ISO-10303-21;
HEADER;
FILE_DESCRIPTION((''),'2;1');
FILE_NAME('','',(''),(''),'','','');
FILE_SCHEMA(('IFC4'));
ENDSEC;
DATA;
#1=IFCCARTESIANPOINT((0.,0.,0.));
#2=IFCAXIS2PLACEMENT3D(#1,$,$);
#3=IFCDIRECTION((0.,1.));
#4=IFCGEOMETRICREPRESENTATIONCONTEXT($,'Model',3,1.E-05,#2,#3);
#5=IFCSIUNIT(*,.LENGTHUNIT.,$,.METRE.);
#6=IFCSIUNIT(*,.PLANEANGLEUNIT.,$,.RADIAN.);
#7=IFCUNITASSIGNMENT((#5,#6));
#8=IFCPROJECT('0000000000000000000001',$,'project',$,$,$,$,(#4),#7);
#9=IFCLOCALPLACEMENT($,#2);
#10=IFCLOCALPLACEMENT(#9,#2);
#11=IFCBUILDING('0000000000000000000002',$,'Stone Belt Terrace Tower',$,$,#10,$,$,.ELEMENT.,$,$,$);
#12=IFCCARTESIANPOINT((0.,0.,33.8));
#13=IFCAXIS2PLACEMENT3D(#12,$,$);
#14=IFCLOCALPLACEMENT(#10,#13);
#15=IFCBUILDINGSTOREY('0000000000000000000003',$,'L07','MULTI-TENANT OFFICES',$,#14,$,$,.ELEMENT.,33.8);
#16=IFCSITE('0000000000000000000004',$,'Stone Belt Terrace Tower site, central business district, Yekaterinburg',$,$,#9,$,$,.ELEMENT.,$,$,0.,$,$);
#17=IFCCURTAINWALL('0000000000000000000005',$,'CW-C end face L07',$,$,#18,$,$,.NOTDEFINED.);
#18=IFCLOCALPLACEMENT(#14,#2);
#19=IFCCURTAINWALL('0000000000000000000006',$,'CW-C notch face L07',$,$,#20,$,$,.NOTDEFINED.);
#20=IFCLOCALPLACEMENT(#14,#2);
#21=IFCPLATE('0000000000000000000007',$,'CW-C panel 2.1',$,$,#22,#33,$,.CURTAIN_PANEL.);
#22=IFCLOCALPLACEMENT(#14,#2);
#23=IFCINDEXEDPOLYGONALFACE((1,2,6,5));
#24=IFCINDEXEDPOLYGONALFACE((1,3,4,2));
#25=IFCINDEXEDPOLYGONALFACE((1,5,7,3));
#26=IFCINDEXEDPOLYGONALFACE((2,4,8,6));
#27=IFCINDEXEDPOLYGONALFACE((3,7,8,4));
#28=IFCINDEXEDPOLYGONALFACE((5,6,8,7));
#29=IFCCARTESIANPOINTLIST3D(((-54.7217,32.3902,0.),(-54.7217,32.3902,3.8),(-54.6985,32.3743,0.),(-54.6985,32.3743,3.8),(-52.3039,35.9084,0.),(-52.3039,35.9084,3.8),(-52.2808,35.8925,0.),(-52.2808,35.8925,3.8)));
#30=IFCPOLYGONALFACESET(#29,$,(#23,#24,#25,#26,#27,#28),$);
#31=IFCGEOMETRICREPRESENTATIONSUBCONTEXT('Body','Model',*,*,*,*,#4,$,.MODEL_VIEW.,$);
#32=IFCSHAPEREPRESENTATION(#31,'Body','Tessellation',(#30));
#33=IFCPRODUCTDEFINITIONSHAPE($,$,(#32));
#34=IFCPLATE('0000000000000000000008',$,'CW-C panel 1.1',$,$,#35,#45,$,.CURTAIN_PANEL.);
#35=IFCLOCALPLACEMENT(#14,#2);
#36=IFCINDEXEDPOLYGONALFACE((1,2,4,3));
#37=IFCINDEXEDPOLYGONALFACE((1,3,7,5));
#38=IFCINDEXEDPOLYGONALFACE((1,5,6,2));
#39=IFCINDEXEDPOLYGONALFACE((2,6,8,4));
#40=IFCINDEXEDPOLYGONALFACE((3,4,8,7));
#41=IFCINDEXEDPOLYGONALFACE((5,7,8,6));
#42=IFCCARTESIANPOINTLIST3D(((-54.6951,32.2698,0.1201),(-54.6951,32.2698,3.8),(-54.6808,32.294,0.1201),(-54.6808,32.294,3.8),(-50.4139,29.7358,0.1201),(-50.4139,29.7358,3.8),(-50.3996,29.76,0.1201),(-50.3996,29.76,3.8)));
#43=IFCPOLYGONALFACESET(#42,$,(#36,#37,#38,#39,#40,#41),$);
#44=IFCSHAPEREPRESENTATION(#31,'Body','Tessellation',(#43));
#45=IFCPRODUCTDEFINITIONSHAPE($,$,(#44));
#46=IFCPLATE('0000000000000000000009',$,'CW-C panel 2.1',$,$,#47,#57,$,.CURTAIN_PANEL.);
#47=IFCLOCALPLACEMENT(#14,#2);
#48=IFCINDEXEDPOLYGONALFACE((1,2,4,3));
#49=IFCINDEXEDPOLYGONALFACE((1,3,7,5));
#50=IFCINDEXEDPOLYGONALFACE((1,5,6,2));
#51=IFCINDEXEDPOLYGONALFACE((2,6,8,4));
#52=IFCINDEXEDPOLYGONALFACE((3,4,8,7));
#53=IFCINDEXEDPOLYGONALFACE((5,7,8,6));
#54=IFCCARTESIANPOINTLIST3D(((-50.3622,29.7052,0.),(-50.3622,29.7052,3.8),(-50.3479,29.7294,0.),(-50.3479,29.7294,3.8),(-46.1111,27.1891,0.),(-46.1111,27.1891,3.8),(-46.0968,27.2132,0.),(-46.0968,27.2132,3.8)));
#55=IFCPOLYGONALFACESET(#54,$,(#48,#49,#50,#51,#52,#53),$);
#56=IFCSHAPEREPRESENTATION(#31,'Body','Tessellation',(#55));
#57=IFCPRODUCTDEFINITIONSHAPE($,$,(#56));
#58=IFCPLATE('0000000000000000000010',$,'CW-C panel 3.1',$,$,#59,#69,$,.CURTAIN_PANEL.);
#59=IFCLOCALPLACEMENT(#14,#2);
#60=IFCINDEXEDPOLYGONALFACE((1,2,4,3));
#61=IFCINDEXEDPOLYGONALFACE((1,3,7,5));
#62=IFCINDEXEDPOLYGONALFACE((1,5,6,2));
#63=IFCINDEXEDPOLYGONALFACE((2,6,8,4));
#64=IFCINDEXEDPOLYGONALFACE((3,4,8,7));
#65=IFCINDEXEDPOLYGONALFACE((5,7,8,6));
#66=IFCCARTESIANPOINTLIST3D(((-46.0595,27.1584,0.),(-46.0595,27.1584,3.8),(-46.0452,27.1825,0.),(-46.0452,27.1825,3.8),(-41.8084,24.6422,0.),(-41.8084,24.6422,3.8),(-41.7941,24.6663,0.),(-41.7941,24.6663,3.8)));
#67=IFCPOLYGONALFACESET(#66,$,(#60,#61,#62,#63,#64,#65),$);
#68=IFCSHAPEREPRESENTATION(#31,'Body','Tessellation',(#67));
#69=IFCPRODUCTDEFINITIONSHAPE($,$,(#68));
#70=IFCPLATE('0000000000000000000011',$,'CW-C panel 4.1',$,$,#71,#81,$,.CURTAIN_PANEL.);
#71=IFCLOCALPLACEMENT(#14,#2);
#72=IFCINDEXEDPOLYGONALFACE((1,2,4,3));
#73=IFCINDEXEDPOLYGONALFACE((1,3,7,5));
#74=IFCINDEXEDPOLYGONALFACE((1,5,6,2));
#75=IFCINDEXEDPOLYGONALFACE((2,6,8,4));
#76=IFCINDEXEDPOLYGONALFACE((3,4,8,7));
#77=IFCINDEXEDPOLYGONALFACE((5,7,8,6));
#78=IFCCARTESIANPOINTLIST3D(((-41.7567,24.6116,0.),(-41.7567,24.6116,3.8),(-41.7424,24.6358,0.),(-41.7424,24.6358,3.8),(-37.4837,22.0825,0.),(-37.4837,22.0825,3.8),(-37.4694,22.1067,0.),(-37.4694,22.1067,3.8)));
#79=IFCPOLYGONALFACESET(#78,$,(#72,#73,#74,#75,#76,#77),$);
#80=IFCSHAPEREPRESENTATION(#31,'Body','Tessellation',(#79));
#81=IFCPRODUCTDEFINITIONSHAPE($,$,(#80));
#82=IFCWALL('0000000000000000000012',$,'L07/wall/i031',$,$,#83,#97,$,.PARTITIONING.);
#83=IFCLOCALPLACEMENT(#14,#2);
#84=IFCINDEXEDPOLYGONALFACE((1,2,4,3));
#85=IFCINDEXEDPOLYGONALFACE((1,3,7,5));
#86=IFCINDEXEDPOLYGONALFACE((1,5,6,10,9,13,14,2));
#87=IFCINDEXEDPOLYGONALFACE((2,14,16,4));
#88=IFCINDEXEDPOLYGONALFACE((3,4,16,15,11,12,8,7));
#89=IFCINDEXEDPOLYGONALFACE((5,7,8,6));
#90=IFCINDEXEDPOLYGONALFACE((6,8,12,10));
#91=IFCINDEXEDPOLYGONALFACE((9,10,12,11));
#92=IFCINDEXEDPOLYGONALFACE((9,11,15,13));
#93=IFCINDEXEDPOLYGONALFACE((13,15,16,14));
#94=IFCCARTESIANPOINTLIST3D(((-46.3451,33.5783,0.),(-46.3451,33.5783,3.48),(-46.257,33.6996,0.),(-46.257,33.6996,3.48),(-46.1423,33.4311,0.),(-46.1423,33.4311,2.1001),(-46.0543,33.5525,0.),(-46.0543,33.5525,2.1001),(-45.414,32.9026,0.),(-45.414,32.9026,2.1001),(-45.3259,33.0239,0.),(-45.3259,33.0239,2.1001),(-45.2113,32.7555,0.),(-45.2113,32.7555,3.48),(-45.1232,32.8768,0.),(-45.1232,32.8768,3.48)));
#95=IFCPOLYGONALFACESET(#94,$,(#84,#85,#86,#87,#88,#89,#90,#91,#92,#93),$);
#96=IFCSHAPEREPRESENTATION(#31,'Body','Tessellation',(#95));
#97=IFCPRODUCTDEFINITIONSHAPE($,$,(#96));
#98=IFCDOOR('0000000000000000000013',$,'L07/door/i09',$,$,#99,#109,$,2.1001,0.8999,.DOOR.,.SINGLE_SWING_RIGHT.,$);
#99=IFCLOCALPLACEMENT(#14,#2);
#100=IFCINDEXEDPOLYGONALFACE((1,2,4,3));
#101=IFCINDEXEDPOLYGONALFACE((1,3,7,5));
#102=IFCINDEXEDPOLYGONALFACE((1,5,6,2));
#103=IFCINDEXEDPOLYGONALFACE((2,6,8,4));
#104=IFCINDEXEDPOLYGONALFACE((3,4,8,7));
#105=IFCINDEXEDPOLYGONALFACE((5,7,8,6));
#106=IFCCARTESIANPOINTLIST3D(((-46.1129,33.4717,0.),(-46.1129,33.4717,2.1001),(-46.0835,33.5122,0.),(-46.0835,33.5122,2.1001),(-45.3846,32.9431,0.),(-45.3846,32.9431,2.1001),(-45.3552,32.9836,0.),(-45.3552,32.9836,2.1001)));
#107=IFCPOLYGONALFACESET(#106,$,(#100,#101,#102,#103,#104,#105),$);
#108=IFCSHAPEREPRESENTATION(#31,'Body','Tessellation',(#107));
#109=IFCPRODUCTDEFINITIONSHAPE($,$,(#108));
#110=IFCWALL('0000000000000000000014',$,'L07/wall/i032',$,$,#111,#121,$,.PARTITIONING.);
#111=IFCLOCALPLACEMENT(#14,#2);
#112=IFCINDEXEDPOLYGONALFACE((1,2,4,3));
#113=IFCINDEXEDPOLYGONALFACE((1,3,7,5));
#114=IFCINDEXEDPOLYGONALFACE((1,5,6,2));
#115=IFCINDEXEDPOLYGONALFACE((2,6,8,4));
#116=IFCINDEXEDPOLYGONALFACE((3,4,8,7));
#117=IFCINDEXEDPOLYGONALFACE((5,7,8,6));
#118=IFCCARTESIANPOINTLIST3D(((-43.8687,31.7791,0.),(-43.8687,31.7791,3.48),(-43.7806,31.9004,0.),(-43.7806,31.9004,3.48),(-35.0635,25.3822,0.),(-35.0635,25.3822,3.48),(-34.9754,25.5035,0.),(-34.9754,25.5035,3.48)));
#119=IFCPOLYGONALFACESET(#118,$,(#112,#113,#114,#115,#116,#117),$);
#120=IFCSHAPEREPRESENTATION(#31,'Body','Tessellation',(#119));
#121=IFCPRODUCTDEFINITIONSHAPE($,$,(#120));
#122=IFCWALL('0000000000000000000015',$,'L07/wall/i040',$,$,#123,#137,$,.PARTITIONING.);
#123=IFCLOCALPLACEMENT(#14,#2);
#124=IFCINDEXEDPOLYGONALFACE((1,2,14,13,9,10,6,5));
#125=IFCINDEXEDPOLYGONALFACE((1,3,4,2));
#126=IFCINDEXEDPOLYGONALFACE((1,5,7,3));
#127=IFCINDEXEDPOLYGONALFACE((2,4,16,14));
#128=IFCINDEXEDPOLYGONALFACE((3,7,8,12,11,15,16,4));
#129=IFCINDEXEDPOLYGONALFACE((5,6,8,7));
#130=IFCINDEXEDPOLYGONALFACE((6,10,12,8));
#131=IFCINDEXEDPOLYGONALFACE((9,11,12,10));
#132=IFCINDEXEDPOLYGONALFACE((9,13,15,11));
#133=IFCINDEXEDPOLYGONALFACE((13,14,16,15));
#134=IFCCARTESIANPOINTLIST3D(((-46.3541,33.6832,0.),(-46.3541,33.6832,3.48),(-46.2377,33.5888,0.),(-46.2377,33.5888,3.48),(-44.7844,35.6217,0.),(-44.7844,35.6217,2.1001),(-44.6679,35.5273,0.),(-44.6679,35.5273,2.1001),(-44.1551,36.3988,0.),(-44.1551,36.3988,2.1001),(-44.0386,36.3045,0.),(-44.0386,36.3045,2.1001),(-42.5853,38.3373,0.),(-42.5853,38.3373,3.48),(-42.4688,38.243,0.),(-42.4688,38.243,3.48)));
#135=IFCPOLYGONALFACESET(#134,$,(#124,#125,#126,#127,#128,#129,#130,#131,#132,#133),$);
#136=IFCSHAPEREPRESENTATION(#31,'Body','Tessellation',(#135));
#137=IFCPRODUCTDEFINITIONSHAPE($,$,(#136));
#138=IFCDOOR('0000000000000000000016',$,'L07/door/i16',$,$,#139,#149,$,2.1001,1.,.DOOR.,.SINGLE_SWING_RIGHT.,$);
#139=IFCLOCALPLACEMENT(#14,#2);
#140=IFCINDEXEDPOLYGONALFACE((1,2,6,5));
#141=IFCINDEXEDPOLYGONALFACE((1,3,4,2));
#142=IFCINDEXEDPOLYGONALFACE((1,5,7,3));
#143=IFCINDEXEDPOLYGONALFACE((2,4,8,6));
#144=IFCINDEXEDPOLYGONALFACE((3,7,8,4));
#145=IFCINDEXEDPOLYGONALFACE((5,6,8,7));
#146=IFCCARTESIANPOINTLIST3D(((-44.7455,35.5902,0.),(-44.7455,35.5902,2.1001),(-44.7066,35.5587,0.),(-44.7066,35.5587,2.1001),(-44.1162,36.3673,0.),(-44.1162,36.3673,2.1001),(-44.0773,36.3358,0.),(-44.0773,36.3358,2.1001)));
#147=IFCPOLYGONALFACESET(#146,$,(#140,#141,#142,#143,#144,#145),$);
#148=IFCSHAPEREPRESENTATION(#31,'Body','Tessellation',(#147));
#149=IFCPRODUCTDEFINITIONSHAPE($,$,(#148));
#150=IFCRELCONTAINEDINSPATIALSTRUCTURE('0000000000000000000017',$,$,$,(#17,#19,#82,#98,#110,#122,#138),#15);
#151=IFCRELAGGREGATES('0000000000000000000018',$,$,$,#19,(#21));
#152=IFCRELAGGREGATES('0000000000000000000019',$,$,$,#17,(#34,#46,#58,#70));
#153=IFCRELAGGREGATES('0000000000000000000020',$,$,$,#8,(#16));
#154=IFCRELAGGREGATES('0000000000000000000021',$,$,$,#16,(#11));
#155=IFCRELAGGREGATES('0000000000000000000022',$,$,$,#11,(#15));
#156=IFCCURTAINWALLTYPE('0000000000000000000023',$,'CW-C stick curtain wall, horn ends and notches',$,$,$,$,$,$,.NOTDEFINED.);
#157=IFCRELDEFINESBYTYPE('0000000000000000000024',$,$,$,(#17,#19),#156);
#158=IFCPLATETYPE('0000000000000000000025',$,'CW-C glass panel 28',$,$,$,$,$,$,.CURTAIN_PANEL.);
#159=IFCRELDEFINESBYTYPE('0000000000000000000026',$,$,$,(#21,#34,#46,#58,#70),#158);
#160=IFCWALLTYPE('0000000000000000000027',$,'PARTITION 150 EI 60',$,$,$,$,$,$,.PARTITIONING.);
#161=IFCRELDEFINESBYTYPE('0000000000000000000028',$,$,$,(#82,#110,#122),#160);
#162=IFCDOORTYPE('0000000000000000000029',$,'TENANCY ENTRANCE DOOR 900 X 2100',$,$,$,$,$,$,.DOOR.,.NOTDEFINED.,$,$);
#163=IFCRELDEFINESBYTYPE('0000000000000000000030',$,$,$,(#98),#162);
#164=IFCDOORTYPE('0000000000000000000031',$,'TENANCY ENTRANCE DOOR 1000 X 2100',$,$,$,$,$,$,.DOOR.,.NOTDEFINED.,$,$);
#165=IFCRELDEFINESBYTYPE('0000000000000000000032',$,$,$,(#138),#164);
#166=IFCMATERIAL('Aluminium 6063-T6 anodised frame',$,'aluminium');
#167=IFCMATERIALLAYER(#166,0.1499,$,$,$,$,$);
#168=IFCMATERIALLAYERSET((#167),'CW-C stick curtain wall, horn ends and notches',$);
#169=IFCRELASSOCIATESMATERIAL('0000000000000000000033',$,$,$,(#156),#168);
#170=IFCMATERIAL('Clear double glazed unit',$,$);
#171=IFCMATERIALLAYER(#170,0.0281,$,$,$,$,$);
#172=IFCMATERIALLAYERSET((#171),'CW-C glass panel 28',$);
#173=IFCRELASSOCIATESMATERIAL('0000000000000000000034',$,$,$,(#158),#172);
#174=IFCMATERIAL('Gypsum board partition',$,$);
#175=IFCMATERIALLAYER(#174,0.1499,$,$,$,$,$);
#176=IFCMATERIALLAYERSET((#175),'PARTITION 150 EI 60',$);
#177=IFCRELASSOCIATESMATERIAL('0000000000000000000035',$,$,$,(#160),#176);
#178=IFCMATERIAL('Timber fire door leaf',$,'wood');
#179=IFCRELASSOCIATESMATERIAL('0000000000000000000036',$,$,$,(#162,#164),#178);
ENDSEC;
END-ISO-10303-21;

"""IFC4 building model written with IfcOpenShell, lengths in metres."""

from ifc_helpers import new_model, si_unit, direction, frame, frame_2d, origin, origin_2d, place, context, subcontext, project, spatial, rectangle, extrude, material, layer, layer_set, type_object, element, fill, aggregate, save


model = new_model("IFC4")

# Units and contexts
model_context = context("Model", 3, precision=1e-05, world=origin(), true_north=direction((0.0, 1.0)))
body_context = subcontext(model_context, "Body", "Model", "MODEL_VIEW")
ifc_project = project(units=[si_unit("LENGTHUNIT", "METRE"), si_unit("PLANEANGLEUNIT", "RADIAN")], contexts=[model_context])

# Site, building, storey
site_placement = place(None, origin())
site = spatial("IfcSite", under=ifc_project, at=site_placement, Name="Stone Belt Terrace Tower site, central business district, Yekaterinburg", CompositionType="ELEMENT", RefElevation=0.0)
building_placement = place(site_placement, origin())
building = spatial("IfcBuilding", under=site, at=building_placement, Name="Stone Belt Terrace Tower", CompositionType="ELEMENT")
storey_placement = place(building_placement, frame((0.0, 0.0, 33.8)))
storey = spatial("IfcBuildingStorey", under=building, at=storey_placement, Name="L07", Description="MULTI-TENANT OFFICES", CompositionType="ELEMENT", Elevation=33.8)

# Curtain wall
ifc_material_1 = material(Name="Aluminium 6063-T6 anodised frame", Category="aluminium")
ifc_layer_1 = layer(ifc_material_1, 0.1499)
ifc_layer_set_1 = layer_set([ifc_layer_1], Name="CW-C stick curtain wall, horn ends and notches")
curtain_wall_type_1 = type_object("IfcCurtainWallType", Name="CW-C stick curtain wall, horn ends and notches", PredefinedType="NOTDEFINED", material=ifc_layer_set_1)
curtain_wall_1_placement = place(storey_placement, origin())
curtain_wall_1 = element("IfcCurtainWall", 1, at=curtain_wall_1_placement, inside=storey, type_object=curtain_wall_type_1, Name="CW-C end face L07", PredefinedType="NOTDEFINED")

# Curtain wall, plate
curtain_wall_2_placement = place(storey_placement, origin())
curtain_wall_2 = element("IfcCurtainWall", 2, at=curtain_wall_2_placement, inside=storey, type_object=curtain_wall_type_1, Name="CW-C notch face L07", PredefinedType="NOTDEFINED")
ifc_material_2 = material(Name="Clear double glazed unit")
ifc_layer_2 = layer(ifc_material_2, 0.0281)
ifc_layer_set_2 = layer_set([ifc_layer_2], Name="CW-C glass panel 28")
plate_type = type_object("IfcPlateType", Name="CW-C glass panel 28", PredefinedType="CURTAIN_PANEL", material=ifc_layer_set_2)
plate_1_placement = place(storey_placement, frame((-53.5012, 34.1414, 0.0), z_axis=(0.0, 0.0, 1.0), x_axis=(-0.566376, -0.824147, 0.0)))
plate_1 = element("IfcPlate", 3, at=plate_1_placement, type_object=plate_type, Name="CW-C panel 2.1", PredefinedType="CURTAIN_PANEL", context=body_context, shape_type="SweptSolid", body=[
    extrude(rectangle(XDim=4.2688, YDim=0.0281, at=origin_2d()), origin(), (0.0, 0.0, 1.0), 3.8),
])
aggregate(curtain_wall_2, [plate_1])

# Plates
plate_2_placement = place(storey_placement, frame((-52.5474, 31.0149, 0.1201), z_axis=(0.0, 0.0, 1.0), x_axis=(0.860558, -0.509353, 0.0)))
plate_2 = element("IfcPlate", 4, at=plate_2_placement, type_object=plate_type, Name="CW-C panel 1.1", PredefinedType="CURTAIN_PANEL", context=body_context, shape_type="SweptSolid", body=[
    extrude(rectangle(XDim=4.9749, YDim=0.0281, at=origin_2d()), origin(), (0.0, 0.0, 1.0), 3.6799),
])
plate_3_placement = place(storey_placement, frame((-48.2295, 28.4592, 0.0), z_axis=(0.0, 0.0, 1.0), x_axis=(0.860558, -0.509353, 0.0)))
plate_3 = element("IfcPlate", 5, at=plate_3_placement, type_object=plate_type, Name="CW-C panel 2.1", PredefinedType="CURTAIN_PANEL", context=body_context, shape_type="SweptSolid", body=[
    extrude(rectangle(XDim=4.9399, YDim=0.0281, at=origin_2d()), origin(), (0.0, 0.0, 1.0), 3.8),
])
plate_4_placement = place(storey_placement, frame((-43.9268, 25.9124, 0.0), z_axis=(0.0, 0.0, 1.0), x_axis=(0.860558, -0.509353, 0.0)))
plate_4 = element("IfcPlate", 6, at=plate_4_placement, type_object=plate_type, Name="CW-C panel 3.1", PredefinedType="CURTAIN_PANEL", context=body_context, shape_type="SweptSolid", body=[
    extrude(rectangle(XDim=4.9399, YDim=0.0281, at=origin_2d()), origin(), (0.0, 0.0, 1.0), 3.8),
])
plate_5_placement = place(storey_placement, frame((-39.613, 23.3591, 0.0), z_axis=(0.0, 0.0, 1.0), x_axis=(0.860558, -0.509353, 0.0)))
plate_5 = element("IfcPlate", 7, at=plate_5_placement, type_object=plate_type, Name="CW-C panel 4.1", PredefinedType="CURTAIN_PANEL", context=body_context, shape_type="SweptSolid", body=[
    extrude(rectangle(XDim=4.9653, YDim=0.0281, at=origin_2d()), origin(), (0.0, 0.0, 1.0), 3.8),
])
aggregate(curtain_wall_1, [plate_2, plate_3, plate_4, plate_5])

# Wall, opening, door
ifc_material_3 = material(Name="Gypsum board partition")
ifc_layer_3 = layer(ifc_material_3, 0.1499)
ifc_layer_set_3 = layer_set([ifc_layer_3], Name="PARTITION 150 EI 60")
wall_type = type_object("IfcWallType", Name="PARTITION 150 EI 60", PredefinedType="PARTITIONING", material=ifc_layer_set_3)
wall_1_placement = place(storey_placement, frame((-45.1672, 32.8162, 0.0), z_axis=(0.0, 0.0, 1.0), x_axis=(-0.809354, 0.587322, 0.0)))
wall_1 = element("IfcWall", 8, at=wall_1_placement, inside=storey, type_object=wall_type, Name="L07/wall/i031", PredefinedType="PARTITIONING", context=body_context, shape_type="SweptSolid", body=[
    extrude(rectangle(XDim=1.4009, YDim=0.1499, at=frame_2d((0.7004, 0.0))), origin(), (0.0, 0.0, 1.0), 3.48),
])
opening_1_placement = place(wall_1_placement, frame((0.2505, 0.0, 0.0)))
opening_1 = element("IfcOpeningElement", 9, at=opening_1_placement, cuts=wall_1, PredefinedType="OPENING", context=body_context, shape_type="SweptSolid", body=[
    extrude(rectangle(XDim=0.8999, YDim=2.1001, at=frame_2d((0.45, 1.05))), frame((0.0, 0.085, 0.0), z_axis=(0.0, -1.0, 0.0), x_axis=(1.0, 0.0, 0.0)), (0.0, 0.0, 1.0), 0.1699),
])
ifc_material_4 = material(Name="Timber fire door leaf", Category="wood")
door_type_1 = type_object("IfcDoorType", Name="TENANCY ENTRANCE DOOR 900 X 2100", OperationType="NOTDEFINED", PredefinedType="DOOR", material=ifc_material_4)
door_1_placement = place(opening_1_placement, origin())
door_1 = element("IfcDoor", 10, at=door_1_placement, inside=storey, type_object=door_type_1, Name="L07/door/i09", OperationType="SINGLE_SWING_RIGHT", OverallHeight=2.1001, OverallWidth=0.8999, PredefinedType="DOOR", context=body_context, shape_type="SweptSolid", body=[
    extrude(rectangle(XDim=0.8999, YDim=2.1001, at=frame_2d((0.45, 1.05))), frame((0.0, 0.0249, 0.0), z_axis=(0.0, -1.0, 0.0), x_axis=(1.0, 0.0, 0.0)), (0.0, 0.0, 1.0), 0.05),
])
fill(opening_1, door_1)

# Wall
wall_2_placement = place(storey_placement, frame((-43.8247, 31.8398, 0.0), z_axis=(0.0, 0.0, 1.0), x_axis=(0.809033, -0.587763, 0.0)))
element("IfcWall", 11, at=wall_2_placement, inside=storey, type_object=wall_type, Name="L07/wall/i032", PredefinedType="PARTITIONING", context=body_context, shape_type="SweptSolid", body=[
    extrude(rectangle(XDim=10.8835, YDim=0.1499, at=frame_2d((5.4419, 0.0))), origin(), (0.0, 0.0, 1.0), 3.48),
])

# Wall, opening, door
wall_3_placement = place(storey_placement, frame((-46.2959, 33.636, 0.0), z_axis=(0.0, 0.0, 1.0), x_axis=(0.629323, 0.777144, 0.0)))
wall_3 = element("IfcWall", 12, at=wall_3_placement, inside=storey, type_object=wall_type, Name="L07/wall/i040", PredefinedType="PARTITIONING", context=body_context, shape_type="SweptSolid", body=[
    extrude(rectangle(XDim=5.9888, YDim=0.1499, at=frame_2d((2.9944, 0.0))), origin(), (0.0, 0.0, 1.0), 3.48),
])
opening_2_placement = place(wall_3_placement, frame((2.4944, 0.0, 0.0)))
opening_2 = element("IfcOpeningElement", 13, at=opening_2_placement, cuts=wall_3, PredefinedType="OPENING", context=body_context, shape_type="SweptSolid", body=[
    extrude(rectangle(XDim=1.0, YDim=2.1001, at=frame_2d((0.5, 1.05))), frame((0.0, 0.085, 0.0), z_axis=(0.0, -1.0, 0.0), x_axis=(1.0, 0.0, 0.0)), (0.0, 0.0, 1.0), 0.1699),
])
door_type_2 = type_object("IfcDoorType", Name="TENANCY ENTRANCE DOOR 1000 X 2100", OperationType="NOTDEFINED", PredefinedType="DOOR", material=ifc_material_4)
door_2_placement = place(opening_2_placement, origin())
door_2 = element("IfcDoor", 14, at=door_2_placement, inside=storey, type_object=door_type_2, Name="L07/door/i16", OperationType="SINGLE_SWING_RIGHT", OverallHeight=2.1001, OverallWidth=1.0, PredefinedType="DOOR", context=body_context, shape_type="SweptSolid", body=[
    extrude(rectangle(XDim=1.0, YDim=2.1001, at=frame_2d((0.5, 1.05))), frame((0.0, 0.0249, 0.0), z_axis=(0.0, -1.0, 0.0), x_axis=(1.0, 0.0, 0.0)), (0.0, 0.0, 1.0), 0.05),
])
fill(opening_2, door_2)

save(model, "model.ifc")
